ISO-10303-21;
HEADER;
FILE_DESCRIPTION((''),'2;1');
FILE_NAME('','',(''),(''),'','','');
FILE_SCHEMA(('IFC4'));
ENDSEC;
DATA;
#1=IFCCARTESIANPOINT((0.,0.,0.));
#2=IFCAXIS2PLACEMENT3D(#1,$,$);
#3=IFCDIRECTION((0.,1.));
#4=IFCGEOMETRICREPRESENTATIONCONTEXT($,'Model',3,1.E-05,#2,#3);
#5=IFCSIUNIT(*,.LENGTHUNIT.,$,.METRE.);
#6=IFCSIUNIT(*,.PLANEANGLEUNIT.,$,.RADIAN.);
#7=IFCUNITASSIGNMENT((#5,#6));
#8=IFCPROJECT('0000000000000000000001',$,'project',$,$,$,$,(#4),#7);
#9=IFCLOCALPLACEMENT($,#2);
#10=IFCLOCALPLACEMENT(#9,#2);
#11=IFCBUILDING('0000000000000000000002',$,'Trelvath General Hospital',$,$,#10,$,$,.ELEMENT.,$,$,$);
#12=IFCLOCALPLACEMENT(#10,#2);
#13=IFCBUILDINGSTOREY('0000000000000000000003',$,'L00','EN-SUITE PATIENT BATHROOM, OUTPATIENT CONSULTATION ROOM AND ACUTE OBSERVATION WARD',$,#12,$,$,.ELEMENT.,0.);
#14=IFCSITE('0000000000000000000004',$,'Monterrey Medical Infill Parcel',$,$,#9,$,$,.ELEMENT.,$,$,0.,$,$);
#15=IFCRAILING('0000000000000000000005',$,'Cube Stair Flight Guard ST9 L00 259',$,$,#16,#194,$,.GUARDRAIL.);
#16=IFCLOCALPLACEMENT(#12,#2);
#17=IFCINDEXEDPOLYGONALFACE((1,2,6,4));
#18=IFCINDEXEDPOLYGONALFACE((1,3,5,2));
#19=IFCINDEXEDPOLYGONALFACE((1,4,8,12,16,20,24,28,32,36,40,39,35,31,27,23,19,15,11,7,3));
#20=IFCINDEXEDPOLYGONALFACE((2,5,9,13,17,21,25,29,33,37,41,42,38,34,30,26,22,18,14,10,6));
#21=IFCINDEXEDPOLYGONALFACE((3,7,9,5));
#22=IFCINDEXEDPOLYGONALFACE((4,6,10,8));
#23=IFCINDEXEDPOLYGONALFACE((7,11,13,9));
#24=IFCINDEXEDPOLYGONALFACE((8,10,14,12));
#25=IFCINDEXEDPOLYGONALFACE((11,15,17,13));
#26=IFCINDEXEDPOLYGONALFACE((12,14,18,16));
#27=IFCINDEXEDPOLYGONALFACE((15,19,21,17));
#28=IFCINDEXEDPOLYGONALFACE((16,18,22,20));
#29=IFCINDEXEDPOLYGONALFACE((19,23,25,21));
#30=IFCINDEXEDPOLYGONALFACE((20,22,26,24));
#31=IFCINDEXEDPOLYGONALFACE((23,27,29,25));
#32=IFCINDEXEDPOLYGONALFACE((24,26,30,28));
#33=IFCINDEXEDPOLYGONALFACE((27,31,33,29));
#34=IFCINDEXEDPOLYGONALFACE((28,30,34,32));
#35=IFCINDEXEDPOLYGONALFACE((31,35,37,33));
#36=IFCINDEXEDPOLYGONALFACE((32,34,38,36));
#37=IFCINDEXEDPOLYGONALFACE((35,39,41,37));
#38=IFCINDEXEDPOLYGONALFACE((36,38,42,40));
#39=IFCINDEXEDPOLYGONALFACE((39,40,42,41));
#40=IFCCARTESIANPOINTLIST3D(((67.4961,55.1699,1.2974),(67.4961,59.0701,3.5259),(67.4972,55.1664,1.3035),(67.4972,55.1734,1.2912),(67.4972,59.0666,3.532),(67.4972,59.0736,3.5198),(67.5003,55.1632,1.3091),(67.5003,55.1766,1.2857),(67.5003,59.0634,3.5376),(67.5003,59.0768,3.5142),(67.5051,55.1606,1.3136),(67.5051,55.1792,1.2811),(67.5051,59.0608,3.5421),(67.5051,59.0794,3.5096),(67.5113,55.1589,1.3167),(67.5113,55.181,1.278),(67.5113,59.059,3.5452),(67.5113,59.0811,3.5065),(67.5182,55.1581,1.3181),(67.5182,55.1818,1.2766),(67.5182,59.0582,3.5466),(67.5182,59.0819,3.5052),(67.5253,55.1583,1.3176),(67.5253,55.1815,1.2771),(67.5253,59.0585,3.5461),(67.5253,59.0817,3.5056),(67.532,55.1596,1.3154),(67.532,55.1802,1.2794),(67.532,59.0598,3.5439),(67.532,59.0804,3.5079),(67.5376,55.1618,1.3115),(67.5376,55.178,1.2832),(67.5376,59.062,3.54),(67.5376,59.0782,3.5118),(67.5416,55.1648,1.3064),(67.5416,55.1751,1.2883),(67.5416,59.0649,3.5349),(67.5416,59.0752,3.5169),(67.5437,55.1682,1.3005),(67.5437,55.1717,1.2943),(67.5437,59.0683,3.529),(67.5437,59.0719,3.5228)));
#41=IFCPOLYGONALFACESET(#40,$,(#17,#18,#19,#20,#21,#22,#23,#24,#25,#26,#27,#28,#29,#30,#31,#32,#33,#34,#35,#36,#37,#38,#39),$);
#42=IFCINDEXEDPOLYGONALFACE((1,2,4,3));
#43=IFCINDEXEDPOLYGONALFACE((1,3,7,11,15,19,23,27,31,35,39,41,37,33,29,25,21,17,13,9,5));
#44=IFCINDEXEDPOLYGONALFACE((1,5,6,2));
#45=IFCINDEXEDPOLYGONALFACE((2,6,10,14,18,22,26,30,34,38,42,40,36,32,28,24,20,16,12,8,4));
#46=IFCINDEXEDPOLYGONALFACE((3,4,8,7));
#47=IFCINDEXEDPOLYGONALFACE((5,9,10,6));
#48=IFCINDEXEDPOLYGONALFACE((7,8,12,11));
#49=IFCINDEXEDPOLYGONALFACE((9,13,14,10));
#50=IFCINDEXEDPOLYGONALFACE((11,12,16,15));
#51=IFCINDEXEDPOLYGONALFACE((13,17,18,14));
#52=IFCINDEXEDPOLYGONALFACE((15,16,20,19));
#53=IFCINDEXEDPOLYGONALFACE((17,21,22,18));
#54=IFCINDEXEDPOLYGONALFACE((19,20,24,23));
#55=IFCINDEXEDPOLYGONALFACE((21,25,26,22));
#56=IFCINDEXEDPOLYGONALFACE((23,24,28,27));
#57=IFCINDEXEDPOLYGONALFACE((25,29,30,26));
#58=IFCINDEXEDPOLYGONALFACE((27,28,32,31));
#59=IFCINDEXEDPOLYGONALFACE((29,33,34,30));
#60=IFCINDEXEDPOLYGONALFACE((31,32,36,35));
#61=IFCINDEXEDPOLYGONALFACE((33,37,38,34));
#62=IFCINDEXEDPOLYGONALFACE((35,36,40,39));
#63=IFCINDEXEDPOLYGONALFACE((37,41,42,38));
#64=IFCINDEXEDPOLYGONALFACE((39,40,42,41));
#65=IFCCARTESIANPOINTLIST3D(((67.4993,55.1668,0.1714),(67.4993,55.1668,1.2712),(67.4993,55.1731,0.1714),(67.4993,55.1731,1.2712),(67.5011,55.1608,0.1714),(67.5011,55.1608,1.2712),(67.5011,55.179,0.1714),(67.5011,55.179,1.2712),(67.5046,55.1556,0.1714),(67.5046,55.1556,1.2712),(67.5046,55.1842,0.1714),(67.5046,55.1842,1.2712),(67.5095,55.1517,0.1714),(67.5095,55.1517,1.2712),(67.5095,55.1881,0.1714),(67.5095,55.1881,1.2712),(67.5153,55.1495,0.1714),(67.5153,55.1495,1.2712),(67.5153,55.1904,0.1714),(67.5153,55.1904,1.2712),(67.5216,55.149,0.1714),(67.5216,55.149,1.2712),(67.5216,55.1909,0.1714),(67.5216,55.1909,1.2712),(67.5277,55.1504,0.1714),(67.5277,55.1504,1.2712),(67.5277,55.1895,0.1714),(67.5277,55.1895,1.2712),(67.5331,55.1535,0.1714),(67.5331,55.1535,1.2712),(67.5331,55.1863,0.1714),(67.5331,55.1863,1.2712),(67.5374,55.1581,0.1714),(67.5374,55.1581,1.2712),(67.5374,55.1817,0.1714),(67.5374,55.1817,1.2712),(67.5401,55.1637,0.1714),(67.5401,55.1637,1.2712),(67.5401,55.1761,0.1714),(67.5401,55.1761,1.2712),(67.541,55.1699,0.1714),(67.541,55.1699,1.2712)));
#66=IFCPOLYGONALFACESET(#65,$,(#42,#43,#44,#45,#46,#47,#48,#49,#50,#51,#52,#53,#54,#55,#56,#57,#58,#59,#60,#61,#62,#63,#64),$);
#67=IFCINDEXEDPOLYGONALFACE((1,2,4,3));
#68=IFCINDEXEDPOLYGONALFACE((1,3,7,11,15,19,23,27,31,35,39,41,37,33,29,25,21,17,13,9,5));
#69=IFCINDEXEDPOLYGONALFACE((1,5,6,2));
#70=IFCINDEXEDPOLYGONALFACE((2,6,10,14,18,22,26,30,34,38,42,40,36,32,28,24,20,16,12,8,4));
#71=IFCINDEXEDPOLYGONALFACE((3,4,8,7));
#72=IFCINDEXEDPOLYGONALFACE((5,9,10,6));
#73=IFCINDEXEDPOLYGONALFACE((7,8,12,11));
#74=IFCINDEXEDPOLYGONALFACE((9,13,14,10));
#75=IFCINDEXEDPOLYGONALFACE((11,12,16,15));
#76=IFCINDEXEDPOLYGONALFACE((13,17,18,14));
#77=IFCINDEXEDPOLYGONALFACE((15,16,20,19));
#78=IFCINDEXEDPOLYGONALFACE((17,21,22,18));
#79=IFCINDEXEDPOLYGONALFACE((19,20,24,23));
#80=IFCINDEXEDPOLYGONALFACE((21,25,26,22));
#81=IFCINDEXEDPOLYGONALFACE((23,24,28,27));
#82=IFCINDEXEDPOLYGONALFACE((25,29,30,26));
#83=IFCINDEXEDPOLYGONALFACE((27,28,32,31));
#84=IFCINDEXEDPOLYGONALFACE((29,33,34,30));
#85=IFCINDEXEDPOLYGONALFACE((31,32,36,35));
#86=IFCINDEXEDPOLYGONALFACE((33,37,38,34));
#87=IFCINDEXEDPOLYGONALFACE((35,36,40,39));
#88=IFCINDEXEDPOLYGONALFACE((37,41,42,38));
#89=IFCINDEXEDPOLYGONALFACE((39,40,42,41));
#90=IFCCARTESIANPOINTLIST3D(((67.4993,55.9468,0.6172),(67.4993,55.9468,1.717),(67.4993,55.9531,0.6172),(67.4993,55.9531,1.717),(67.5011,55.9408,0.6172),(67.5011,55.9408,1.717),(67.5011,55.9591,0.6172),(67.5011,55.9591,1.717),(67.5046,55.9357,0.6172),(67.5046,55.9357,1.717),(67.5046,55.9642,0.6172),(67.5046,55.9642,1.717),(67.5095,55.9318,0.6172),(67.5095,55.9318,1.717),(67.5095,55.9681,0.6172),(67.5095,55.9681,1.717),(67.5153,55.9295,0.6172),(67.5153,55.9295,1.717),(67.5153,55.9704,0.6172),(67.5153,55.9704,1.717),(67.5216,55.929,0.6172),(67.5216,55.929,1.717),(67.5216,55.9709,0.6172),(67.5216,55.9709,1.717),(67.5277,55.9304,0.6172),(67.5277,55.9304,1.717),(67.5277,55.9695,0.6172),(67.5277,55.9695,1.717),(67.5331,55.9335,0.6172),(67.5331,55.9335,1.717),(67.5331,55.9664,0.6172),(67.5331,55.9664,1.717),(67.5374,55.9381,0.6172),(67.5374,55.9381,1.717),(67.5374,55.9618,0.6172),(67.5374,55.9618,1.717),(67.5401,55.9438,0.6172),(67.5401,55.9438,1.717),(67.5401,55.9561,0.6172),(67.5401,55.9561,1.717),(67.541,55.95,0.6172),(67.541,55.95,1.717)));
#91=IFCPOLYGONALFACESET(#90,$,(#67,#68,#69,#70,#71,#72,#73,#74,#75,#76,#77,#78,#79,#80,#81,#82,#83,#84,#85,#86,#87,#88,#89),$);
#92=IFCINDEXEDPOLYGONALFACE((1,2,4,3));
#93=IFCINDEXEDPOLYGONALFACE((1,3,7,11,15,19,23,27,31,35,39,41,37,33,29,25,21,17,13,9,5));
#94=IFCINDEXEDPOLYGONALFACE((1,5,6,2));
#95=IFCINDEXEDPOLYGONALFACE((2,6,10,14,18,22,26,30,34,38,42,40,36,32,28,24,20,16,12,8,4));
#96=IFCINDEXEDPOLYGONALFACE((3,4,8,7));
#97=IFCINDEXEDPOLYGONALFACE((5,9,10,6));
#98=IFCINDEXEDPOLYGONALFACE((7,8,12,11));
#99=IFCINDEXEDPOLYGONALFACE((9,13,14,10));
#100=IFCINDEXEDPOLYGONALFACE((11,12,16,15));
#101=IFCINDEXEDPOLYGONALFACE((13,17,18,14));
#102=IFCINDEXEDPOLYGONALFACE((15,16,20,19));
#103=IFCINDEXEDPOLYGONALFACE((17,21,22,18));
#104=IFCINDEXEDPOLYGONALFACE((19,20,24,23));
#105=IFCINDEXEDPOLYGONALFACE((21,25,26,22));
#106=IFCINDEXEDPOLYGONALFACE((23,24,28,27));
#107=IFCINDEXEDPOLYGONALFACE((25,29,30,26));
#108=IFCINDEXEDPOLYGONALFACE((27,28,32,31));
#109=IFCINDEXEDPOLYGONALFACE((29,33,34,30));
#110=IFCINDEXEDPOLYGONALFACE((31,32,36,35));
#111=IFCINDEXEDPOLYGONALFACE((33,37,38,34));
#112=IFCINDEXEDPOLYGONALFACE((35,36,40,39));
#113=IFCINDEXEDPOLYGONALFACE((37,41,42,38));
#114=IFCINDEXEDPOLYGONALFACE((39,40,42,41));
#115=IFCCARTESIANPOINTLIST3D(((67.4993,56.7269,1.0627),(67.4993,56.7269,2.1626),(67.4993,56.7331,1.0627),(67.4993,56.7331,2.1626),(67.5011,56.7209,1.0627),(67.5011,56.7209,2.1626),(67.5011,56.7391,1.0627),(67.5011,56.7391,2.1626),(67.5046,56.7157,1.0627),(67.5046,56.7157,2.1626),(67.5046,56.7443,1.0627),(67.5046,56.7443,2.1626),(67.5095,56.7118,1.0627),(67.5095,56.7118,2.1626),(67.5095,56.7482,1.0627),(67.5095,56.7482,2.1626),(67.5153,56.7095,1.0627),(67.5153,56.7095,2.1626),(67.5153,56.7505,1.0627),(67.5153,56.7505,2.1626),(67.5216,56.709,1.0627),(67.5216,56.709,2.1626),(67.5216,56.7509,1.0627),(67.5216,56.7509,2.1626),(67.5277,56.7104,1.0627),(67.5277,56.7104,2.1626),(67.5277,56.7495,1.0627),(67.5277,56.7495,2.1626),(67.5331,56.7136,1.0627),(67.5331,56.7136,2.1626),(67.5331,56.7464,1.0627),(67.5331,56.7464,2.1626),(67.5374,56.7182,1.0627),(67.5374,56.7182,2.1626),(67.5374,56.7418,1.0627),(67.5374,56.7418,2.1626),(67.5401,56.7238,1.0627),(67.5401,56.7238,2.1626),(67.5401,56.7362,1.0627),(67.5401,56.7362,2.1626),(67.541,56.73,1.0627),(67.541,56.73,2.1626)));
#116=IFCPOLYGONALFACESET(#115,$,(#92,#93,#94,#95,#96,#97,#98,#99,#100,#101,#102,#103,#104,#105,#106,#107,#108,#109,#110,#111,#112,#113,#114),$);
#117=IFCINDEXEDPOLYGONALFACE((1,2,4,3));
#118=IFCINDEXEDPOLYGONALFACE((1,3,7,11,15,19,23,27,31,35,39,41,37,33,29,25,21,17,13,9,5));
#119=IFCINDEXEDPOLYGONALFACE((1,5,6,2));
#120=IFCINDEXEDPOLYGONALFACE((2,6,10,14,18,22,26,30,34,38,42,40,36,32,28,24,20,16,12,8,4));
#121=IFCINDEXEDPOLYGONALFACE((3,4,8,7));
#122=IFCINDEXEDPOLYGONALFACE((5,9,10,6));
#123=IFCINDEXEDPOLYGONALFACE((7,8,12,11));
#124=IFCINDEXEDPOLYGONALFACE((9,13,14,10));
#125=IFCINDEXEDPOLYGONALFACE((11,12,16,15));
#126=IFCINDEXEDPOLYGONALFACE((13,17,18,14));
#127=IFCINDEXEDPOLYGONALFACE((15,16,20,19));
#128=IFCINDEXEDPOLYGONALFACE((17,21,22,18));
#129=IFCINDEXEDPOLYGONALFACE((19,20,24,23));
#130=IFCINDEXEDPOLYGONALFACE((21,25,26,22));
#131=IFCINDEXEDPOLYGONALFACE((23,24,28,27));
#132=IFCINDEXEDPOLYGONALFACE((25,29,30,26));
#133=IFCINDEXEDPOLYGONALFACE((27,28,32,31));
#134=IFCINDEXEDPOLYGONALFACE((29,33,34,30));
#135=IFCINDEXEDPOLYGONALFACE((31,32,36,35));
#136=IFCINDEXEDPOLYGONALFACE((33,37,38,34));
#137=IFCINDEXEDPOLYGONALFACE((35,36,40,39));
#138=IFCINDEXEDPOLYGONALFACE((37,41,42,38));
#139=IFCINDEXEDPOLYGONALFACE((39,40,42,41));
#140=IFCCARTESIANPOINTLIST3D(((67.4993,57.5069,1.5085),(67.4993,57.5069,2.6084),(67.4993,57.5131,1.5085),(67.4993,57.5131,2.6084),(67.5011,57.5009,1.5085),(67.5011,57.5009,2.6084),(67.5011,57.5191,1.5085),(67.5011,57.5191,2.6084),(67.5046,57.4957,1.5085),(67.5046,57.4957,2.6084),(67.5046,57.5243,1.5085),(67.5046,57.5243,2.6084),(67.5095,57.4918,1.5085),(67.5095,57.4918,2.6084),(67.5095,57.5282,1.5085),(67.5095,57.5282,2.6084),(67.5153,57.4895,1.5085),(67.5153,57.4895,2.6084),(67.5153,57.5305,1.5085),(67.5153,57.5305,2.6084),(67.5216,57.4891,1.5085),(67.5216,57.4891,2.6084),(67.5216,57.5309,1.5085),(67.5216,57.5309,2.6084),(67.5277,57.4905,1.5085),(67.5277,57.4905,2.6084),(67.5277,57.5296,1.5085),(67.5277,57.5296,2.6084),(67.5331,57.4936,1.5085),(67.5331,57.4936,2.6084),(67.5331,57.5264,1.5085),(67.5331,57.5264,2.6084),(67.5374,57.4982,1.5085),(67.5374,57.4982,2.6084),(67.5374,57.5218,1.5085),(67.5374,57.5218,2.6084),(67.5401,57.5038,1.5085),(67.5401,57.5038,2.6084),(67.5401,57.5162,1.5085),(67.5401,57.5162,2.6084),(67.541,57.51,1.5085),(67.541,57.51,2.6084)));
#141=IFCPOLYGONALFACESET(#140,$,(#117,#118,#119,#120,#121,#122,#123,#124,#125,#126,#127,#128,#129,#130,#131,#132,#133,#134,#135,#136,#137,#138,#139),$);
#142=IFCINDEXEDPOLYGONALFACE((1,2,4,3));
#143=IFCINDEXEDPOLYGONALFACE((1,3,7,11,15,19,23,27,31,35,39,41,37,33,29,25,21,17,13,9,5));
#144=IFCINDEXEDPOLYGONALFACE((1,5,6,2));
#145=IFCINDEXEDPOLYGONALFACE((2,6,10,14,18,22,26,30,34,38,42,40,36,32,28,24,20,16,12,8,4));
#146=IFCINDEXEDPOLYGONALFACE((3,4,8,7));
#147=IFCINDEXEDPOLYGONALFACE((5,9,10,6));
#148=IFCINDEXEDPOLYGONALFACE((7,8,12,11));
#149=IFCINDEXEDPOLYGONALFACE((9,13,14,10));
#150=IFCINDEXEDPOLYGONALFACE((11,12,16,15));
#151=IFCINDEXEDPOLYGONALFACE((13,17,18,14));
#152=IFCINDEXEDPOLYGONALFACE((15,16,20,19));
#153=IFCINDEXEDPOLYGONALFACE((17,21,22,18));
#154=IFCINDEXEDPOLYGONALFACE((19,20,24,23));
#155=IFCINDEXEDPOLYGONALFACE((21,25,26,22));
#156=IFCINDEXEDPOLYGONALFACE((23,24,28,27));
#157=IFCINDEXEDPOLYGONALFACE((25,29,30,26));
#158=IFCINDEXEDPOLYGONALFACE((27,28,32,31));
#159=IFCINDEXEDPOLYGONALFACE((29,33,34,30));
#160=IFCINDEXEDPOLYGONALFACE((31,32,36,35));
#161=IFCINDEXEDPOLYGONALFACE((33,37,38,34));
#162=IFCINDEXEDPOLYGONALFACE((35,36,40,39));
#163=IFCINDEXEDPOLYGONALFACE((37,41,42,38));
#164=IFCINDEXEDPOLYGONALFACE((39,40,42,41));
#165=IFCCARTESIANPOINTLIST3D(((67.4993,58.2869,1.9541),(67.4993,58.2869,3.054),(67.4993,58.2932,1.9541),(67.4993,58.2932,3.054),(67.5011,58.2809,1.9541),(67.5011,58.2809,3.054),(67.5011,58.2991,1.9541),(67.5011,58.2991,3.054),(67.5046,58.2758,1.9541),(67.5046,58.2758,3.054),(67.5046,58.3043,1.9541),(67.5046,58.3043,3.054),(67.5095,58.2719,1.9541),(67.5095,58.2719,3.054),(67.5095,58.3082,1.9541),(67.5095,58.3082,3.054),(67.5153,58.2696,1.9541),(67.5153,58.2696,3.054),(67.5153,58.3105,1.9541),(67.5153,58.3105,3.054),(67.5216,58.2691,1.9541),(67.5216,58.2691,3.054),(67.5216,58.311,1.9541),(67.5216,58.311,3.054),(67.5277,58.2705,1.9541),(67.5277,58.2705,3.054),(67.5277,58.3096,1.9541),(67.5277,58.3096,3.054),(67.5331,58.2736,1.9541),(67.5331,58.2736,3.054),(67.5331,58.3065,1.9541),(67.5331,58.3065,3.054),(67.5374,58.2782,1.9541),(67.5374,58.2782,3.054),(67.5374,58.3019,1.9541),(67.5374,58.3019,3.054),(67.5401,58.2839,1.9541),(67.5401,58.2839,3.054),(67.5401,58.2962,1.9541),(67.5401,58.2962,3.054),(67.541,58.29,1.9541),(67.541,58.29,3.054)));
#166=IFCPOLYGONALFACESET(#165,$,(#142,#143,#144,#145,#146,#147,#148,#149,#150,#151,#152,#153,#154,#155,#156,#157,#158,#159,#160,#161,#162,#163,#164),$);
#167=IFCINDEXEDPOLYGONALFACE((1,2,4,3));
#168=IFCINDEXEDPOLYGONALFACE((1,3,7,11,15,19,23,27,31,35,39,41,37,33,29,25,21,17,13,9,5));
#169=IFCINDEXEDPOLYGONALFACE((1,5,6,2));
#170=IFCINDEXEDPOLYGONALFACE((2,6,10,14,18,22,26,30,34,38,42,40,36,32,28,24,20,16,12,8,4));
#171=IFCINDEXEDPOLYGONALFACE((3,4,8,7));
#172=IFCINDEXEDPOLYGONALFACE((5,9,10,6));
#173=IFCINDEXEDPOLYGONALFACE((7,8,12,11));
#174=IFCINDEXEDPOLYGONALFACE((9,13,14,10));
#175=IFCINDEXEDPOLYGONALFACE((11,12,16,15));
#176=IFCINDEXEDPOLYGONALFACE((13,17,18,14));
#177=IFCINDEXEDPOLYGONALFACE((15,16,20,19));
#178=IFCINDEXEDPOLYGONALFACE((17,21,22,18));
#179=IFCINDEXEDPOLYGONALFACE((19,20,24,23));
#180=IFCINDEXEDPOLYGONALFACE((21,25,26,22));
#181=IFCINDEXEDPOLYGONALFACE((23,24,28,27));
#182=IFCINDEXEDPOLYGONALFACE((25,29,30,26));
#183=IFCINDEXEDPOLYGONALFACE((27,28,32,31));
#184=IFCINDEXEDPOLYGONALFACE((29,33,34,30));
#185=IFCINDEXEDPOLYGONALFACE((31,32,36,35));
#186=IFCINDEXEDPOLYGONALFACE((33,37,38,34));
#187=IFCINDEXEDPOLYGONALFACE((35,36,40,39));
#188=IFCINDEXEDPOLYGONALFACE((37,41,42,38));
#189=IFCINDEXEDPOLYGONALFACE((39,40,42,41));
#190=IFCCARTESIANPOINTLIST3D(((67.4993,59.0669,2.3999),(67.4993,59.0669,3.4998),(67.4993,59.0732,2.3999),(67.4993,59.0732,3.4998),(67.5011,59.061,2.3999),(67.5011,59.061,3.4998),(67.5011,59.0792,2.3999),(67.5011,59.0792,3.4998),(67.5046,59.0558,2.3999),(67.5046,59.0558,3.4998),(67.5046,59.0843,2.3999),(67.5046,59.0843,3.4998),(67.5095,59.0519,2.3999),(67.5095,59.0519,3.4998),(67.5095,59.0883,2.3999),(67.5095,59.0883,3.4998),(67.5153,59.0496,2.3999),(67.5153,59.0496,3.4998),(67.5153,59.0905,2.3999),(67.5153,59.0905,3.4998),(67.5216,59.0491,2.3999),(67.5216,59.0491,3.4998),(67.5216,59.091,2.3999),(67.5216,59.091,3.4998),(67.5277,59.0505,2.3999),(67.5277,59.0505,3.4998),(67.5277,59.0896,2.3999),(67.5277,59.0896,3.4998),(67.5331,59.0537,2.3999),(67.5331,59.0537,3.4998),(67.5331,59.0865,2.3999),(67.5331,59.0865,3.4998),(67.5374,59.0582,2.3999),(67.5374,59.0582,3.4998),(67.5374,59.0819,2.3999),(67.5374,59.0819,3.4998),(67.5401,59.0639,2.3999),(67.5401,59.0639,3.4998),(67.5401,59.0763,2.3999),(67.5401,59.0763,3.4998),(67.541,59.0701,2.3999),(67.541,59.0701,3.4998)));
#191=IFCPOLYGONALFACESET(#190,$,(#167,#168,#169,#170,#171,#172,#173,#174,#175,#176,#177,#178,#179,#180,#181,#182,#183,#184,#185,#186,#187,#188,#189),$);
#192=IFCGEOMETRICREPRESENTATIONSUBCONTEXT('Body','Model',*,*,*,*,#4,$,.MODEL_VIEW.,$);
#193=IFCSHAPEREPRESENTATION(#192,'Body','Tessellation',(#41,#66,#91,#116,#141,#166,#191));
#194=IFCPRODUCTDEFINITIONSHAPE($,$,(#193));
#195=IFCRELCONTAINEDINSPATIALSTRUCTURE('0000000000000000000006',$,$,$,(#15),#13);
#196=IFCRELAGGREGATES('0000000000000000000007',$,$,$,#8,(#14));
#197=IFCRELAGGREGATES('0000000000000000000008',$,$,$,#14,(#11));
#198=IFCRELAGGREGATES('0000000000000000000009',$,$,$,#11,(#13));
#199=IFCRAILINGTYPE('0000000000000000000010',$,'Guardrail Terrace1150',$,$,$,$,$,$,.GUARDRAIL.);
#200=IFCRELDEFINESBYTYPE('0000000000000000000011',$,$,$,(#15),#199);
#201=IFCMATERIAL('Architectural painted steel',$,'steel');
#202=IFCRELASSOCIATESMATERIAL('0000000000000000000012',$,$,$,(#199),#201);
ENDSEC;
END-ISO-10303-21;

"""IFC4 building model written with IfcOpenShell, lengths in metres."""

from ifc_helpers import new_model, si_unit, direction, frame, origin, origin_2d, place, context, subcontext, project, spatial, circle, extrude, material, type_object, element, save


model = new_model("IFC4")

# Units and contexts
model_context = context("Model", 3, precision=1e-05, world=origin(), true_north=direction((0.0, 1.0)))
body_context = subcontext(model_context, "Body", "Model", "MODEL_VIEW")
ifc_project = project(units=[si_unit("LENGTHUNIT", "METRE"), si_unit("PLANEANGLEUNIT", "RADIAN")], contexts=[model_context])

# Site, building, storey
site_placement = place(None, origin())
site = spatial("IfcSite", under=ifc_project, at=site_placement, Name="Monterrey Medical Infill Parcel", CompositionType="ELEMENT", RefElevation=0.0)
building_placement = place(site_placement, origin())
building = spatial("IfcBuilding", under=site, at=building_placement, Name="Trelvath General Hospital", CompositionType="ELEMENT")
storey_placement = place(building_placement, origin())
storey = spatial("IfcBuildingStorey", under=building, at=storey_placement, Name="L00", Description="EN-SUITE PATIENT BATHROOM, OUTPATIENT CONSULTATION ROOM AND ACUTE OBSERVATION WARD", CompositionType="ELEMENT", Elevation=0.0)

# Railing
ifc_material_1 = material(Name="Architectural painted steel", Category="steel")
railing_type = type_object("IfcRailingType", Name="Guardrail Terrace1150", PredefinedType="GUARDRAIL", material=ifc_material_1)
for number, where, name in (
    (1, (67.52, 55.1699, 0.1714), "Cube Stair Flight Guard ST9 L00 259"),
):
    element("IfcRailing", number, at=place(storey_placement, frame(where)), inside=storey, type_object=railing_type, Name=name, PredefinedType="GUARDRAIL", context=body_context, shape_type="SweptSolid", body=[
        extrude(circle(Radius=0.0239, at=origin_2d()), frame((0.0, 0.0, 1.126), z_axis=(0.0, 0.868257, 0.496116), x_axis=(-1.0, 0.0, 0.0)), (0.0, 0.0, 1.0), 4.4919),
        extrude(circle(Radius=0.021, at=origin_2d()), origin(), (0.0, 0.0, 1.0), 1.0999),
        extrude(circle(Radius=0.021, at=origin_2d()), frame((0.0, 0.78, 0.4458)), (0.0, 0.0, 1.0), 1.0999),
        extrude(circle(Radius=0.021, at=origin_2d()), frame((0.0, 1.5601, 0.8914)), (0.0, 0.0, 1.0), 1.0999),
        extrude(circle(Radius=0.021, at=origin_2d()), frame((0.0, 2.3401, 1.3372)), (0.0, 0.0, 1.0), 1.0999),
        extrude(circle(Radius=0.021, at=origin_2d()), frame((0.0, 3.1201, 1.7827)), (0.0, 0.0, 1.0), 1.0999),
        extrude(circle(Radius=0.021, at=origin_2d()), frame((0.0, 3.9001, 2.2285)), (0.0, 0.0, 1.0), 1.0999),
    ])

save(model, "model.ifc")
